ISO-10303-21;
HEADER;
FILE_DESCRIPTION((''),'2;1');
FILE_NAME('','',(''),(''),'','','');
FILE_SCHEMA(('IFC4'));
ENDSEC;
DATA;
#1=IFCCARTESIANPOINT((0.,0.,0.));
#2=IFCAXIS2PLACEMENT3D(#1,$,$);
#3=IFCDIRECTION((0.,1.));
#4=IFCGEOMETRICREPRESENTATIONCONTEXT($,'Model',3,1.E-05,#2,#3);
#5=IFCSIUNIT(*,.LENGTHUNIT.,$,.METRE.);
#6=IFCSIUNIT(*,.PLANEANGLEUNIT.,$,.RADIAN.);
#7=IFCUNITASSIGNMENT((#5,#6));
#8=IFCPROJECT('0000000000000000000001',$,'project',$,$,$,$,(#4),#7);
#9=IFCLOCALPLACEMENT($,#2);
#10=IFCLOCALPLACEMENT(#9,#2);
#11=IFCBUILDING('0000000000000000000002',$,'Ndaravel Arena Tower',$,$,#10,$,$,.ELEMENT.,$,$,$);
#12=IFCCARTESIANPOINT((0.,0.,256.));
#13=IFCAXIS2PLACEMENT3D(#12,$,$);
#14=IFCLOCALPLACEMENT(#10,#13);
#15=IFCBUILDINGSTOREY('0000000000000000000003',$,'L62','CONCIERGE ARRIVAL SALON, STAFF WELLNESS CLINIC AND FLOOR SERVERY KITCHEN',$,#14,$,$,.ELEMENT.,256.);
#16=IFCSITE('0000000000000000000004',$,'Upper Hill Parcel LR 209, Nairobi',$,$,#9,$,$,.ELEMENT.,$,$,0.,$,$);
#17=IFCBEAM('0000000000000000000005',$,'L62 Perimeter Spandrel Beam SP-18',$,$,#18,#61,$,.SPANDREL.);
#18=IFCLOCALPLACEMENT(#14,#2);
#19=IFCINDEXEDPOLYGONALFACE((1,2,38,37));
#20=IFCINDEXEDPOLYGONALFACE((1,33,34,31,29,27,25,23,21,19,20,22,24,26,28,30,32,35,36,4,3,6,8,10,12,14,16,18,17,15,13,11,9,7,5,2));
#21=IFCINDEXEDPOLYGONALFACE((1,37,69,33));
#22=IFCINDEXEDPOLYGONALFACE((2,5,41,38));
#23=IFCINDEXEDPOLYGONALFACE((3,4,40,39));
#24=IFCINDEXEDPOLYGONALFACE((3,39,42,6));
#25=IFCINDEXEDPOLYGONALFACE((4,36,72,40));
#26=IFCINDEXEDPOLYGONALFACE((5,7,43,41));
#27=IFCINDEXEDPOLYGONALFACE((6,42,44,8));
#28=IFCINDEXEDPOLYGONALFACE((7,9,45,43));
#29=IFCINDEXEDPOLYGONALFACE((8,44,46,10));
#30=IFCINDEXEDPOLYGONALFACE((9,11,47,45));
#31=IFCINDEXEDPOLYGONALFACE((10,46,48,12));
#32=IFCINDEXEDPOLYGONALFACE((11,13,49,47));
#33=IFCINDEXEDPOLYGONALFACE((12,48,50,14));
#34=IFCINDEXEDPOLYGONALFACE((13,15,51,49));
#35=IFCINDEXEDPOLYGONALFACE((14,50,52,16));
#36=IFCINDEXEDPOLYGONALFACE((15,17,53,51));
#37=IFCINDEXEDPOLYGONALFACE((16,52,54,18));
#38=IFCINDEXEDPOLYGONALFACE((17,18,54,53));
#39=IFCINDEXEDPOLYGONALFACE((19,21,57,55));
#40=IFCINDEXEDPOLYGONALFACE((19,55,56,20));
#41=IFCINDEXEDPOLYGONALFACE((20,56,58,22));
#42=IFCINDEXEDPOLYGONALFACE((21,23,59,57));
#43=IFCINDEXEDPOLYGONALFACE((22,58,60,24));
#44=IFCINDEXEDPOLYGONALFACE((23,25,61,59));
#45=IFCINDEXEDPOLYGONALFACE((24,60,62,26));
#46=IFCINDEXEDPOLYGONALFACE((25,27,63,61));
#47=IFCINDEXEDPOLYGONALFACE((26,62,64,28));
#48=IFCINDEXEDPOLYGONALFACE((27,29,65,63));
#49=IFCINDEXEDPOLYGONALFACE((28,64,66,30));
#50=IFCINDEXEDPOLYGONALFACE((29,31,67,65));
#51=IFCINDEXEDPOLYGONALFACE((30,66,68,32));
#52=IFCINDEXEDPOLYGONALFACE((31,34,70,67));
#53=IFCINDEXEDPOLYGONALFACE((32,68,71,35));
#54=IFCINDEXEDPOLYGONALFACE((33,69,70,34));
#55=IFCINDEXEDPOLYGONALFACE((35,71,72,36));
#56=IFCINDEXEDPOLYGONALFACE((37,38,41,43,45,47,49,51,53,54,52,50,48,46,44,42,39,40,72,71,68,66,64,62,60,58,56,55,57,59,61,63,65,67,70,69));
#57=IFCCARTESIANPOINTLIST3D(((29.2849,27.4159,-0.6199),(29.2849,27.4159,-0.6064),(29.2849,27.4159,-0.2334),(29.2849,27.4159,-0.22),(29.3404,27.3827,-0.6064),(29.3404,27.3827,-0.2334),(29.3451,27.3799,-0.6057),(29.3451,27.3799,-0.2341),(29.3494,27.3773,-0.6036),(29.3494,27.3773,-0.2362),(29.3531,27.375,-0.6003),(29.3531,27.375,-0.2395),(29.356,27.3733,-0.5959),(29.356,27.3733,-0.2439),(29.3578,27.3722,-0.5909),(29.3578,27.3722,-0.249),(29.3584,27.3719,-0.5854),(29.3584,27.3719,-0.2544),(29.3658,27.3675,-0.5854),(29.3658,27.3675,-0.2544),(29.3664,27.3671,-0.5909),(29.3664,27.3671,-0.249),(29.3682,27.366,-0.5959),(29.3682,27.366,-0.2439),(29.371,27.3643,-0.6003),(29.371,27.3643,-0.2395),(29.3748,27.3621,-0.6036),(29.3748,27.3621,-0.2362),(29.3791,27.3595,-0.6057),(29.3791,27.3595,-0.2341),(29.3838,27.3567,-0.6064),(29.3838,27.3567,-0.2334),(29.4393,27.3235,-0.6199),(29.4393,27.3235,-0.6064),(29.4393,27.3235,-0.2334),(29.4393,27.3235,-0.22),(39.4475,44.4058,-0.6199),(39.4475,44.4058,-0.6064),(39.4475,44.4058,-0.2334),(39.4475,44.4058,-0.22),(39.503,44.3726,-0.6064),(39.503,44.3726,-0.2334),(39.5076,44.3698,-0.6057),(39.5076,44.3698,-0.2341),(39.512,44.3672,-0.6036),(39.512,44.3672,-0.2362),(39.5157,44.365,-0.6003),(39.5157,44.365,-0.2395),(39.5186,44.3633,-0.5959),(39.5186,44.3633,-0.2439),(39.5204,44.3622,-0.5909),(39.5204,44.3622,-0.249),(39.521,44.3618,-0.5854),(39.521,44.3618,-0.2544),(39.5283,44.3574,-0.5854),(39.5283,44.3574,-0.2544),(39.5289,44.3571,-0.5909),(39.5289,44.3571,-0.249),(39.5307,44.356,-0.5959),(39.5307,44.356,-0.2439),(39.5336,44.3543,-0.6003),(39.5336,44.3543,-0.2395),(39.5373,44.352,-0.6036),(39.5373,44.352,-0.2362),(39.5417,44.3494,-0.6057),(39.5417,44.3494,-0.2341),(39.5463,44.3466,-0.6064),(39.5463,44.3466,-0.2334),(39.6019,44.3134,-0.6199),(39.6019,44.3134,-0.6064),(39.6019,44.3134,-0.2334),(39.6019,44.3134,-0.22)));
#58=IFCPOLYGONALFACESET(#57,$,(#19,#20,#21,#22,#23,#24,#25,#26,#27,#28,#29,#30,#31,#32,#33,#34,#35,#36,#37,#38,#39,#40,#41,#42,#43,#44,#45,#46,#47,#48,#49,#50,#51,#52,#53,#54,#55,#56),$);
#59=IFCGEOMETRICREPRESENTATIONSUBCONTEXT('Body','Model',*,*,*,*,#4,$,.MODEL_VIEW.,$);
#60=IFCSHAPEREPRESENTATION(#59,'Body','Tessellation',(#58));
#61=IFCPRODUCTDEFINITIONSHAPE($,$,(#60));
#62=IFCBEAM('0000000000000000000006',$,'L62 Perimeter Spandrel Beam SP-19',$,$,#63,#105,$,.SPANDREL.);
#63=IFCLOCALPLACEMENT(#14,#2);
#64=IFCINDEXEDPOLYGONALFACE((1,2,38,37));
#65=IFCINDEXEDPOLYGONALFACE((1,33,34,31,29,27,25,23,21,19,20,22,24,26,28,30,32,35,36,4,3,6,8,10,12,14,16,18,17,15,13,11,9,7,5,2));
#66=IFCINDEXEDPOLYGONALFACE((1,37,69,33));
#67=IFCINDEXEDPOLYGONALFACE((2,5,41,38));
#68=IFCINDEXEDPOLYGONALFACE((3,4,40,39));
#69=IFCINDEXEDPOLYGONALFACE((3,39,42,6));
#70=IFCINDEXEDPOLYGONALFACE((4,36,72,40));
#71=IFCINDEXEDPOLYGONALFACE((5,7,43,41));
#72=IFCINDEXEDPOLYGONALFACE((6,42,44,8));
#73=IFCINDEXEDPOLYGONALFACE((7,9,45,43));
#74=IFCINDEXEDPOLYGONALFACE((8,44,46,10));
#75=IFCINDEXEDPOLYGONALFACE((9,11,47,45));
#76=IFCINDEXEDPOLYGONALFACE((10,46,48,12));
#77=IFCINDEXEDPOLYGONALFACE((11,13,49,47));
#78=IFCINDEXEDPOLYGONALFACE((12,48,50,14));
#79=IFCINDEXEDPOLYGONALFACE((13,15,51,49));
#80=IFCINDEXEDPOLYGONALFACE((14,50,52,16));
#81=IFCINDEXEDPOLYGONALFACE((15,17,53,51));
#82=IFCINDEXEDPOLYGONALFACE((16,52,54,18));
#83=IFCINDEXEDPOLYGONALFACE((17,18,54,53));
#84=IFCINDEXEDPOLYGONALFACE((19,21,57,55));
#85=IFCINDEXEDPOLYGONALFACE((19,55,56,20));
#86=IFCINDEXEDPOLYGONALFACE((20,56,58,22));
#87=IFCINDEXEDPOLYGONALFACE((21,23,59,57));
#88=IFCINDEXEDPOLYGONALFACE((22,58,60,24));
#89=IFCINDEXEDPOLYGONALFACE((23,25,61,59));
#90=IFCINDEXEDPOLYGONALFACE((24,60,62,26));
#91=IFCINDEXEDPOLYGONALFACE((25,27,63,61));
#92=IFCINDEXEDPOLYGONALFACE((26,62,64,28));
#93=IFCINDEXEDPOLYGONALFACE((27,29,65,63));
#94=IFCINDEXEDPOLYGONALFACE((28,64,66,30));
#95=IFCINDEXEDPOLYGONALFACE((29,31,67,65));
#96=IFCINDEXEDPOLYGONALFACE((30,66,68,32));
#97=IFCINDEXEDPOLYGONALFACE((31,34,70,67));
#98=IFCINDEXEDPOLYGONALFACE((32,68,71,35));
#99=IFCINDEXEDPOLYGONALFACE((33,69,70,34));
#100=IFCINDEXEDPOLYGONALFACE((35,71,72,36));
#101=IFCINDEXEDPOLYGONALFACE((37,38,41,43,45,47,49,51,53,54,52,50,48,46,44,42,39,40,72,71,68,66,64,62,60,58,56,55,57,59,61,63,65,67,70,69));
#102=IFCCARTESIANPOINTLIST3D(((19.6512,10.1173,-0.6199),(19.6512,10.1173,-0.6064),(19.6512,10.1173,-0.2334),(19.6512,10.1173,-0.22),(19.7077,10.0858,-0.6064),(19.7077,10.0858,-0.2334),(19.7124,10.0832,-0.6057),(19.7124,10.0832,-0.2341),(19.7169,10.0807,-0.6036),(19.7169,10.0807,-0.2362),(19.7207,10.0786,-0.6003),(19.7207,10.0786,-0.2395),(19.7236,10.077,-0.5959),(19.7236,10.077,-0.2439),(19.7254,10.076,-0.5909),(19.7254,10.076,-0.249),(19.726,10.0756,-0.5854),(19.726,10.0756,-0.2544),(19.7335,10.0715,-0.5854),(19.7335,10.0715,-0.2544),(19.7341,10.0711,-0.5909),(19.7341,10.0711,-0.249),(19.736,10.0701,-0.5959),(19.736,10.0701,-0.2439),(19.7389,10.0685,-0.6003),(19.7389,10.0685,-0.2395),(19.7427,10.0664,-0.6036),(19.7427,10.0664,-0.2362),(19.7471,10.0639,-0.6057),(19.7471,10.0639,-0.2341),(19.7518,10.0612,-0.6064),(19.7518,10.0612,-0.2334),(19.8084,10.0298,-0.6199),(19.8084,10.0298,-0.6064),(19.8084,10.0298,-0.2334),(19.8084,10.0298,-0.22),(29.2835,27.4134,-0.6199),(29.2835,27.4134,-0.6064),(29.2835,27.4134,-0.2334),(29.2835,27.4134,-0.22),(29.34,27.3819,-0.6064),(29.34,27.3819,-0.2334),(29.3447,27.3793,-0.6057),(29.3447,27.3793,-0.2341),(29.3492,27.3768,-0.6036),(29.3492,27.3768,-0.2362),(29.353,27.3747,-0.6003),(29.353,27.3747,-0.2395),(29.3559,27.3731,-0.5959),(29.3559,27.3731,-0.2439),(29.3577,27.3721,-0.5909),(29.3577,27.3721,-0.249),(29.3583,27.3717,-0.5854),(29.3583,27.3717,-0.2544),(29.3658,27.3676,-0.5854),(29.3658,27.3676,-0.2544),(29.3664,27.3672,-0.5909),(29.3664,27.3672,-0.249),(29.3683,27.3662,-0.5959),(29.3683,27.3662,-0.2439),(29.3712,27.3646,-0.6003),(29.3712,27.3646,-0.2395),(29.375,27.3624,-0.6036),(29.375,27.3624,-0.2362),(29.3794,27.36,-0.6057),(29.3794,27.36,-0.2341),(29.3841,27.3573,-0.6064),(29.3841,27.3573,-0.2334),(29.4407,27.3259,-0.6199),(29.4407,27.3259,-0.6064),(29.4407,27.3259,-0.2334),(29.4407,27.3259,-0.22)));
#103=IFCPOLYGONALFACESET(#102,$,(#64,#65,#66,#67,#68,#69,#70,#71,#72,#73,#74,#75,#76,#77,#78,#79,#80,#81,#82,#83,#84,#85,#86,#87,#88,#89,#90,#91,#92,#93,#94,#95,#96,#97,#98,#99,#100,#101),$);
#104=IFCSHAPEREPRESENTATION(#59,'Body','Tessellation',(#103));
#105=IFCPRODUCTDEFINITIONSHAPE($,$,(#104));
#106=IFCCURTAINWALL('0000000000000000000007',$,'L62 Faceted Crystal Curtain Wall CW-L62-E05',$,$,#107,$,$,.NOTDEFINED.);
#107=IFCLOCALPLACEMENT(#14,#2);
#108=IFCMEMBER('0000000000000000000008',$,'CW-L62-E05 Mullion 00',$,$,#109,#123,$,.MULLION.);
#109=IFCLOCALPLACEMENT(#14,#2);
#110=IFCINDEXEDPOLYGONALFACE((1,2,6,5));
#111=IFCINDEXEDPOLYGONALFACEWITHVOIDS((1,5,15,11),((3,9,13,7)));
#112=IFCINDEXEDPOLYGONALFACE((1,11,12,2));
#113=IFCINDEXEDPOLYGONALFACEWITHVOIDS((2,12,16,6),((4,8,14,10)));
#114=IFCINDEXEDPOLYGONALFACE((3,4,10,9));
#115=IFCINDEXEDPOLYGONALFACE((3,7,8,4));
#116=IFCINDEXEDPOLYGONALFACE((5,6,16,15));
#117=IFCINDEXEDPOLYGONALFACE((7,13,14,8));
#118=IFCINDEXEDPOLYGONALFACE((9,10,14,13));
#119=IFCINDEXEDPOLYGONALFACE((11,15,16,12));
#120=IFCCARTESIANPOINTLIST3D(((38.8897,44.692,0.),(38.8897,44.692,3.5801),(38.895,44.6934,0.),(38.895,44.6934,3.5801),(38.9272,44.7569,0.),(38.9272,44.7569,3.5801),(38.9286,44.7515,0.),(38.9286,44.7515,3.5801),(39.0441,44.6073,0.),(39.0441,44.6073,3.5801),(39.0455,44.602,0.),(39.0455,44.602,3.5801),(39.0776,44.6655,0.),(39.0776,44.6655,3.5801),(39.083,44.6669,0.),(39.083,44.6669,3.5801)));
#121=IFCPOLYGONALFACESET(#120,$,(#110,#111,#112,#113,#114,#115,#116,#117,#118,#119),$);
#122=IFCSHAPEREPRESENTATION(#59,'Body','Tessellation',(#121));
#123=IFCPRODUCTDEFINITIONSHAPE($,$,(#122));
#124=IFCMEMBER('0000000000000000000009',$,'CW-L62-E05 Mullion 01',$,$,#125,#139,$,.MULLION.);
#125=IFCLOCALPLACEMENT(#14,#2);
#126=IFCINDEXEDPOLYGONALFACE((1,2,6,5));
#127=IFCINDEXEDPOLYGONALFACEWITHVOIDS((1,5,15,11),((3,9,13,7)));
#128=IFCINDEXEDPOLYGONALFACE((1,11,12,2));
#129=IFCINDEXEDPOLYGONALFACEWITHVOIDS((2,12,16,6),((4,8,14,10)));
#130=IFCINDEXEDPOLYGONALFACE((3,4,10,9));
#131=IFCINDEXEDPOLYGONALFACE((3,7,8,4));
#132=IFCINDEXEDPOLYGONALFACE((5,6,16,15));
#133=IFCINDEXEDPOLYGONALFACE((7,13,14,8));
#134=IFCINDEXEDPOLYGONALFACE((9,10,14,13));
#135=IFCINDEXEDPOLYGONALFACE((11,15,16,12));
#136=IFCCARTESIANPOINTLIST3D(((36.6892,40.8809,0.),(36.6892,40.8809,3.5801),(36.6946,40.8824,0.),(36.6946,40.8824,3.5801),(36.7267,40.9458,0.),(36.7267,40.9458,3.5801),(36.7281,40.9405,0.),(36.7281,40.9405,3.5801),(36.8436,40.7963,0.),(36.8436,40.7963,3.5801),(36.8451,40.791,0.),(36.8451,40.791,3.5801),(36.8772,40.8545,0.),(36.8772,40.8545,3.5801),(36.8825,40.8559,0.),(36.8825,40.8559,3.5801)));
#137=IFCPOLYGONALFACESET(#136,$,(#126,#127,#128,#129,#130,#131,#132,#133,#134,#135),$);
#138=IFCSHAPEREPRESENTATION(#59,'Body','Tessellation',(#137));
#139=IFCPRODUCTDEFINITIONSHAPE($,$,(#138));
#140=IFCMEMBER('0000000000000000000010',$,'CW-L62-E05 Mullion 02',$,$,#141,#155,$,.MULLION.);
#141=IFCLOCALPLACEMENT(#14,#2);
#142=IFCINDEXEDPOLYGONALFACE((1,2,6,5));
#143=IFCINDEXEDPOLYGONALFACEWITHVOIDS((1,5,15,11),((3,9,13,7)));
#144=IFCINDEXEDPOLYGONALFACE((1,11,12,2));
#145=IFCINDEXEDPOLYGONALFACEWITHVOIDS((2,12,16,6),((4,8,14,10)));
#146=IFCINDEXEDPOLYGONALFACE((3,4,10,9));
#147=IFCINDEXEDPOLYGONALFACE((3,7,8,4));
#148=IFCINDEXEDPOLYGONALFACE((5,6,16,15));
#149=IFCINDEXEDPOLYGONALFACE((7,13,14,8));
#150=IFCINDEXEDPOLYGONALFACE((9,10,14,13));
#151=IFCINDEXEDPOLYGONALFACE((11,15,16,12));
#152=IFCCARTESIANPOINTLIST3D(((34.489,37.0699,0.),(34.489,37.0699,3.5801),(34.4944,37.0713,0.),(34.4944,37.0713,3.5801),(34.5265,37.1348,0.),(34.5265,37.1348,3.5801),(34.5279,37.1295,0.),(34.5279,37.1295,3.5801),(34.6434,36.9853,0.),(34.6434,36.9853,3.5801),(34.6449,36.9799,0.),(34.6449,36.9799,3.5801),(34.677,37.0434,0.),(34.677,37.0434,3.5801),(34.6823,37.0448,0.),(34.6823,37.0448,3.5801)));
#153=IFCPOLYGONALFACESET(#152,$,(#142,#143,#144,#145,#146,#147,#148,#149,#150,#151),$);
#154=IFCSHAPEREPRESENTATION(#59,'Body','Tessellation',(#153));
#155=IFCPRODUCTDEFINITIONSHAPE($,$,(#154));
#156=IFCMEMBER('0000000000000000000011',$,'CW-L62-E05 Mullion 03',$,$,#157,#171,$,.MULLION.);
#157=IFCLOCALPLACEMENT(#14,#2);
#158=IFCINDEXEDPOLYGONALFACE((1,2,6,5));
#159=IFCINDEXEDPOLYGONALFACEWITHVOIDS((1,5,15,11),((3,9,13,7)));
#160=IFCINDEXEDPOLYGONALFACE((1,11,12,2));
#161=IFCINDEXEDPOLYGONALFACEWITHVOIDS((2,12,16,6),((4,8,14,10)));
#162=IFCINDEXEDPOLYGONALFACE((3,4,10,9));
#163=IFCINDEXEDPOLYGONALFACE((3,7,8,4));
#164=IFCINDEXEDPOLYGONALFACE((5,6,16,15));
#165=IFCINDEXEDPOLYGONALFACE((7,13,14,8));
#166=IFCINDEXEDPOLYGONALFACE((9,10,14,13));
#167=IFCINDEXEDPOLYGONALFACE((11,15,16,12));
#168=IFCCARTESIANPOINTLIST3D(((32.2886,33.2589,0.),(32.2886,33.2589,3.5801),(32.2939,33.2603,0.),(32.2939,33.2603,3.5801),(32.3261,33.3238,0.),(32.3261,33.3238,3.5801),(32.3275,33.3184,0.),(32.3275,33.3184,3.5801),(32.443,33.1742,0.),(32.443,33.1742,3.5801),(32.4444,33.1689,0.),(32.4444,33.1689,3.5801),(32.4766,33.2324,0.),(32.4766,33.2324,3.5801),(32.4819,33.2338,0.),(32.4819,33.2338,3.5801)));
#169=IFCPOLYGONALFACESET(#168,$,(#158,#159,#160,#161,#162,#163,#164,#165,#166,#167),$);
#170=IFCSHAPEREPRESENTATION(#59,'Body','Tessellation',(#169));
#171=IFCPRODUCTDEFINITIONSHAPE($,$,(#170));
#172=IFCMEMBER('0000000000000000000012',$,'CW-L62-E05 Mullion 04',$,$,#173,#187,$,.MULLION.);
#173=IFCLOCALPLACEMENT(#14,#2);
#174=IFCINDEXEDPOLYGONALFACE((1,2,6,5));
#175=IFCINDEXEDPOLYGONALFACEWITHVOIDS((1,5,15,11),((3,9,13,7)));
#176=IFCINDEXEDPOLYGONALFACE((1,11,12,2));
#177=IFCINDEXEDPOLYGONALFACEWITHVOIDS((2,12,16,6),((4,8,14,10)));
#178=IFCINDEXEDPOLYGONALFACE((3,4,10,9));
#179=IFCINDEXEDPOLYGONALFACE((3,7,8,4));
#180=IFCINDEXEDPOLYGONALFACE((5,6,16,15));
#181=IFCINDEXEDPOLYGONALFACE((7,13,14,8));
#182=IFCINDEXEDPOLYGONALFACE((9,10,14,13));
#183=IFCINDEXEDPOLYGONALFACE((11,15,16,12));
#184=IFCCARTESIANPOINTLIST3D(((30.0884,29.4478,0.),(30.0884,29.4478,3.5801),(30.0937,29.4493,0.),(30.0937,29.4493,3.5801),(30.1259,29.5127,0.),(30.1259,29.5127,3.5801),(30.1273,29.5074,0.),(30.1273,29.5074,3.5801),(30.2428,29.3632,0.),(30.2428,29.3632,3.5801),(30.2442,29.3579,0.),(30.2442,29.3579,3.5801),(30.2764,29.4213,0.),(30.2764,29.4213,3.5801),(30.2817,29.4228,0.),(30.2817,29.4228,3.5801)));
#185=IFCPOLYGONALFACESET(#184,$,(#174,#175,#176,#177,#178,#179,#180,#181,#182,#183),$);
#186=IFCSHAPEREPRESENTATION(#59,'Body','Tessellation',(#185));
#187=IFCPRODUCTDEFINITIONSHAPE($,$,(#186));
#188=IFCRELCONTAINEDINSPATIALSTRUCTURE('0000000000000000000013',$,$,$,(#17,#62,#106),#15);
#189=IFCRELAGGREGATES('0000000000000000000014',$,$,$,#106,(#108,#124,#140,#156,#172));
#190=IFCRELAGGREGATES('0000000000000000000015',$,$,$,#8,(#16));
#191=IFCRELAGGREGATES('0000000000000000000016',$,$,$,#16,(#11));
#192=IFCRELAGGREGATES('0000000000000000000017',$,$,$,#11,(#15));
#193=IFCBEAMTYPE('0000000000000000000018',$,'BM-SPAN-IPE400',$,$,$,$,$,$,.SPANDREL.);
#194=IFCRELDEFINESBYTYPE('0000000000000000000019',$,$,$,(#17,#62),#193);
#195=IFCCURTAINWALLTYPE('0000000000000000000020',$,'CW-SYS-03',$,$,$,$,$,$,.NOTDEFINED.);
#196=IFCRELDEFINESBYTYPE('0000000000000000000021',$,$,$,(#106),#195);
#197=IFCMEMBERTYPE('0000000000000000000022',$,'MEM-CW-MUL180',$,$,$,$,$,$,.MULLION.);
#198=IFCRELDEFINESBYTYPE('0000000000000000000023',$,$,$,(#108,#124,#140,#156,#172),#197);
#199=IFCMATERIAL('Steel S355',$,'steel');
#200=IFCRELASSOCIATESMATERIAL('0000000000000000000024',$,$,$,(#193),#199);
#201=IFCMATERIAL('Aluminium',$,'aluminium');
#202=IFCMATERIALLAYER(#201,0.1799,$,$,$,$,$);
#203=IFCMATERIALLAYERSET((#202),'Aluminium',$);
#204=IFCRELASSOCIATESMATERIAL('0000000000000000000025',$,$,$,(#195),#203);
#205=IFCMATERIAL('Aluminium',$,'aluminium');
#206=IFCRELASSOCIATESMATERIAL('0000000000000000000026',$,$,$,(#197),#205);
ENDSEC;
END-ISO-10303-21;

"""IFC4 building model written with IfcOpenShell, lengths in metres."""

from ifc_helpers import new_model, si_unit, direction, frame, origin, origin_2d, place, context, subcontext, project, spatial, hollow_rectangle, i_section, extrude, material, layer, layer_set, material_profile, profile_set, type_object, element, aggregate, save


model = new_model("IFC4")

# Units and contexts
model_context = context("Model", 3, precision=1e-05, world=origin(), true_north=direction((0.0, 1.0)))
body_context = subcontext(model_context, "Body", "Model", "MODEL_VIEW")
ifc_project = project(units=[si_unit("LENGTHUNIT", "METRE"), si_unit("PLANEANGLEUNIT", "RADIAN")], contexts=[model_context])

# Site, building, storey
site_placement = place(None, origin())
site = spatial("IfcSite", under=ifc_project, at=site_placement, Name="Upper Hill Parcel LR 209, Nairobi", CompositionType="ELEMENT", RefElevation=0.0)
building_placement = place(site_placement, origin())
building = spatial("IfcBuilding", under=site, at=building_placement, Name="Ndaravel Arena Tower", CompositionType="ELEMENT")
storey_placement = place(building_placement, frame((0.0, 0.0, 256.0)))
storey = spatial("IfcBuildingStorey", under=building, at=storey_placement, Name="L62", Description="CONCIERGE ARRIVAL SALON, STAFF WELLNESS CLINIC AND FLOOR SERVERY KITCHEN", CompositionType="ELEMENT", Elevation=256.0)

# Beams
ifc_material_1 = material(Name="Steel S355", Category="steel")
ifc_material_profile_1 = material_profile(ifc_material_1, i_section(OverallWidth=0.1799, OverallDepth=0.3999, WebThickness=0.0085, FlangeThickness=0.0134, FilletRadius=0.021, at=origin_2d()), Name="IPE 400")
ifc_profile_set_1 = profile_set([ifc_material_profile_1], Name="Steel S355")
beam_type_1 = type_object("IfcBeamType", Name="BM-SPAN-IPE400", PredefinedType="SPANDREL", material=ifc_profile_set_1)
for number, where, z_axis, x_axis, name in (
    (1, (39.5247, 44.3596, -0.4199), (-0.513329, -0.858192, 0.0), (0.858192, -0.513329, 0.0), "L62 Perimeter Spandrel Beam SP-18"),
    (2, (29.3621, 27.3696, -0.4199), (-0.486544, -0.873656, 0.0), (0.873656, -0.486544, 0.0), "L62 Perimeter Spandrel Beam SP-19"),
):
    element("IfcBeam", number, at=place(storey_placement, frame(where, z_axis=z_axis, x_axis=x_axis)), inside=storey, type_object=beam_type_1, Name=name, PredefinedType="SPANDREL", context=body_context, shape_type="SweptSolid", body=[
        extrude(i_section(OverallWidth=0.1799, OverallDepth=0.3999, WebThickness=0.0085, FlangeThickness=0.0134, FilletRadius=0.021, at=origin_2d()), origin(), (0.0, 0.0, 1.0), 19.7974),
    ])

# Curtain wall, members
ifc_material_2 = material(Name="Aluminium", Category="aluminium")
ifc_layer_1 = layer(ifc_material_2, 0.1799)
ifc_layer_set_1 = layer_set([ifc_layer_1], Name="Aluminium")
curtain_wall_type_1 = type_object("IfcCurtainWallType", Name="CW-SYS-03", PredefinedType="NOTDEFINED", material=ifc_layer_set_1)
curtain_wall_1_placement = place(storey_placement, origin())
curtain_wall_1 = element("IfcCurtainWall", 3, at=curtain_wall_1_placement, inside=storey, type_object=curtain_wall_type_1, Name="L62 Faceted Crystal Curtain Wall CW-L62-E05", PredefinedType="NOTDEFINED")
ifc_material_3 = material(Name="Aluminium", Category="aluminium")
ifc_material_profile_2 = material_profile(ifc_material_3, hollow_rectangle(XDim=0.075, YDim=0.1799, WallThickness=0.0039, at=origin_2d()), Name="CW MULLION 75x180x4")
ifc_profile_set_2 = profile_set([ifc_material_profile_2], Name="Aluminium")
member_type_1 = type_object("IfcMemberType", Name="MEM-CW-MUL180", PredefinedType="MULLION", material=ifc_profile_set_2)
member_1_placement = place(storey_placement, frame((38.9863, 44.6794, 0.0), z_axis=(0.0, 0.0, 1.0), x_axis=(-0.5, -0.866025, 0.0)))
member_1 = element("IfcMember", 4, at=member_1_placement, type_object=member_type_1, Name="CW-L62-E05 Mullion 00", PredefinedType="MULLION", context=body_context, shape_type="SweptSolid", body=[
    extrude(hollow_rectangle(XDim=0.075, YDim=0.1799, WallThickness=0.0039, at=origin_2d()), origin(), (0.0, 0.0, 1.0), 3.5801),
])
member_2_placement = place(storey_placement, frame((36.7859, 40.8684, 0.0), z_axis=(0.0, 0.0, 1.0), x_axis=(-0.5, -0.866025, 0.0)))
member_2 = element("IfcMember", 5, at=member_2_placement, type_object=member_type_1, Name="CW-L62-E05 Mullion 01", PredefinedType="MULLION", context=body_context, shape_type="SweptSolid", body=[
    extrude(hollow_rectangle(XDim=0.075, YDim=0.1799, WallThickness=0.0039, at=origin_2d()), origin(), (0.0, 0.0, 1.0), 3.5801),
])
member_3_placement = place(storey_placement, frame((34.5857, 37.0574, 0.0), z_axis=(0.0, 0.0, 1.0), x_axis=(-0.5, -0.866025, 0.0)))
member_3 = element("IfcMember", 6, at=member_3_placement, type_object=member_type_1, Name="CW-L62-E05 Mullion 02", PredefinedType="MULLION", context=body_context, shape_type="SweptSolid", body=[
    extrude(hollow_rectangle(XDim=0.075, YDim=0.1799, WallThickness=0.0039, at=origin_2d()), origin(), (0.0, 0.0, 1.0), 3.5801),
])
member_4_placement = place(storey_placement, frame((32.3853, 33.2463, 0.0), z_axis=(0.0, 0.0, 1.0), x_axis=(-0.5, -0.866025, 0.0)))
member_4 = element("IfcMember", 7, at=member_4_placement, type_object=member_type_1, Name="CW-L62-E05 Mullion 03", PredefinedType="MULLION", context=body_context, shape_type="SweptSolid", body=[
    extrude(hollow_rectangle(XDim=0.075, YDim=0.1799, WallThickness=0.0039, at=origin_2d()), origin(), (0.0, 0.0, 1.0), 3.5801),
])
member_5_placement = place(storey_placement, frame((30.1851, 29.4353, 0.0), z_axis=(0.0, 0.0, 1.0), x_axis=(-0.5, -0.866025, 0.0)))
member_5 = element("IfcMember", 8, at=member_5_placement, type_object=member_type_1, Name="CW-L62-E05 Mullion 04", PredefinedType="MULLION", context=body_context, shape_type="SweptSolid", body=[
    extrude(hollow_rectangle(XDim=0.075, YDim=0.1799, WallThickness=0.0039, at=origin_2d()), origin(), (0.0, 0.0, 1.0), 3.5801),
])

aggregate(curtain_wall_1, [member_1, member_2, member_3, member_4, member_5])

save(model, "model.ifc")
